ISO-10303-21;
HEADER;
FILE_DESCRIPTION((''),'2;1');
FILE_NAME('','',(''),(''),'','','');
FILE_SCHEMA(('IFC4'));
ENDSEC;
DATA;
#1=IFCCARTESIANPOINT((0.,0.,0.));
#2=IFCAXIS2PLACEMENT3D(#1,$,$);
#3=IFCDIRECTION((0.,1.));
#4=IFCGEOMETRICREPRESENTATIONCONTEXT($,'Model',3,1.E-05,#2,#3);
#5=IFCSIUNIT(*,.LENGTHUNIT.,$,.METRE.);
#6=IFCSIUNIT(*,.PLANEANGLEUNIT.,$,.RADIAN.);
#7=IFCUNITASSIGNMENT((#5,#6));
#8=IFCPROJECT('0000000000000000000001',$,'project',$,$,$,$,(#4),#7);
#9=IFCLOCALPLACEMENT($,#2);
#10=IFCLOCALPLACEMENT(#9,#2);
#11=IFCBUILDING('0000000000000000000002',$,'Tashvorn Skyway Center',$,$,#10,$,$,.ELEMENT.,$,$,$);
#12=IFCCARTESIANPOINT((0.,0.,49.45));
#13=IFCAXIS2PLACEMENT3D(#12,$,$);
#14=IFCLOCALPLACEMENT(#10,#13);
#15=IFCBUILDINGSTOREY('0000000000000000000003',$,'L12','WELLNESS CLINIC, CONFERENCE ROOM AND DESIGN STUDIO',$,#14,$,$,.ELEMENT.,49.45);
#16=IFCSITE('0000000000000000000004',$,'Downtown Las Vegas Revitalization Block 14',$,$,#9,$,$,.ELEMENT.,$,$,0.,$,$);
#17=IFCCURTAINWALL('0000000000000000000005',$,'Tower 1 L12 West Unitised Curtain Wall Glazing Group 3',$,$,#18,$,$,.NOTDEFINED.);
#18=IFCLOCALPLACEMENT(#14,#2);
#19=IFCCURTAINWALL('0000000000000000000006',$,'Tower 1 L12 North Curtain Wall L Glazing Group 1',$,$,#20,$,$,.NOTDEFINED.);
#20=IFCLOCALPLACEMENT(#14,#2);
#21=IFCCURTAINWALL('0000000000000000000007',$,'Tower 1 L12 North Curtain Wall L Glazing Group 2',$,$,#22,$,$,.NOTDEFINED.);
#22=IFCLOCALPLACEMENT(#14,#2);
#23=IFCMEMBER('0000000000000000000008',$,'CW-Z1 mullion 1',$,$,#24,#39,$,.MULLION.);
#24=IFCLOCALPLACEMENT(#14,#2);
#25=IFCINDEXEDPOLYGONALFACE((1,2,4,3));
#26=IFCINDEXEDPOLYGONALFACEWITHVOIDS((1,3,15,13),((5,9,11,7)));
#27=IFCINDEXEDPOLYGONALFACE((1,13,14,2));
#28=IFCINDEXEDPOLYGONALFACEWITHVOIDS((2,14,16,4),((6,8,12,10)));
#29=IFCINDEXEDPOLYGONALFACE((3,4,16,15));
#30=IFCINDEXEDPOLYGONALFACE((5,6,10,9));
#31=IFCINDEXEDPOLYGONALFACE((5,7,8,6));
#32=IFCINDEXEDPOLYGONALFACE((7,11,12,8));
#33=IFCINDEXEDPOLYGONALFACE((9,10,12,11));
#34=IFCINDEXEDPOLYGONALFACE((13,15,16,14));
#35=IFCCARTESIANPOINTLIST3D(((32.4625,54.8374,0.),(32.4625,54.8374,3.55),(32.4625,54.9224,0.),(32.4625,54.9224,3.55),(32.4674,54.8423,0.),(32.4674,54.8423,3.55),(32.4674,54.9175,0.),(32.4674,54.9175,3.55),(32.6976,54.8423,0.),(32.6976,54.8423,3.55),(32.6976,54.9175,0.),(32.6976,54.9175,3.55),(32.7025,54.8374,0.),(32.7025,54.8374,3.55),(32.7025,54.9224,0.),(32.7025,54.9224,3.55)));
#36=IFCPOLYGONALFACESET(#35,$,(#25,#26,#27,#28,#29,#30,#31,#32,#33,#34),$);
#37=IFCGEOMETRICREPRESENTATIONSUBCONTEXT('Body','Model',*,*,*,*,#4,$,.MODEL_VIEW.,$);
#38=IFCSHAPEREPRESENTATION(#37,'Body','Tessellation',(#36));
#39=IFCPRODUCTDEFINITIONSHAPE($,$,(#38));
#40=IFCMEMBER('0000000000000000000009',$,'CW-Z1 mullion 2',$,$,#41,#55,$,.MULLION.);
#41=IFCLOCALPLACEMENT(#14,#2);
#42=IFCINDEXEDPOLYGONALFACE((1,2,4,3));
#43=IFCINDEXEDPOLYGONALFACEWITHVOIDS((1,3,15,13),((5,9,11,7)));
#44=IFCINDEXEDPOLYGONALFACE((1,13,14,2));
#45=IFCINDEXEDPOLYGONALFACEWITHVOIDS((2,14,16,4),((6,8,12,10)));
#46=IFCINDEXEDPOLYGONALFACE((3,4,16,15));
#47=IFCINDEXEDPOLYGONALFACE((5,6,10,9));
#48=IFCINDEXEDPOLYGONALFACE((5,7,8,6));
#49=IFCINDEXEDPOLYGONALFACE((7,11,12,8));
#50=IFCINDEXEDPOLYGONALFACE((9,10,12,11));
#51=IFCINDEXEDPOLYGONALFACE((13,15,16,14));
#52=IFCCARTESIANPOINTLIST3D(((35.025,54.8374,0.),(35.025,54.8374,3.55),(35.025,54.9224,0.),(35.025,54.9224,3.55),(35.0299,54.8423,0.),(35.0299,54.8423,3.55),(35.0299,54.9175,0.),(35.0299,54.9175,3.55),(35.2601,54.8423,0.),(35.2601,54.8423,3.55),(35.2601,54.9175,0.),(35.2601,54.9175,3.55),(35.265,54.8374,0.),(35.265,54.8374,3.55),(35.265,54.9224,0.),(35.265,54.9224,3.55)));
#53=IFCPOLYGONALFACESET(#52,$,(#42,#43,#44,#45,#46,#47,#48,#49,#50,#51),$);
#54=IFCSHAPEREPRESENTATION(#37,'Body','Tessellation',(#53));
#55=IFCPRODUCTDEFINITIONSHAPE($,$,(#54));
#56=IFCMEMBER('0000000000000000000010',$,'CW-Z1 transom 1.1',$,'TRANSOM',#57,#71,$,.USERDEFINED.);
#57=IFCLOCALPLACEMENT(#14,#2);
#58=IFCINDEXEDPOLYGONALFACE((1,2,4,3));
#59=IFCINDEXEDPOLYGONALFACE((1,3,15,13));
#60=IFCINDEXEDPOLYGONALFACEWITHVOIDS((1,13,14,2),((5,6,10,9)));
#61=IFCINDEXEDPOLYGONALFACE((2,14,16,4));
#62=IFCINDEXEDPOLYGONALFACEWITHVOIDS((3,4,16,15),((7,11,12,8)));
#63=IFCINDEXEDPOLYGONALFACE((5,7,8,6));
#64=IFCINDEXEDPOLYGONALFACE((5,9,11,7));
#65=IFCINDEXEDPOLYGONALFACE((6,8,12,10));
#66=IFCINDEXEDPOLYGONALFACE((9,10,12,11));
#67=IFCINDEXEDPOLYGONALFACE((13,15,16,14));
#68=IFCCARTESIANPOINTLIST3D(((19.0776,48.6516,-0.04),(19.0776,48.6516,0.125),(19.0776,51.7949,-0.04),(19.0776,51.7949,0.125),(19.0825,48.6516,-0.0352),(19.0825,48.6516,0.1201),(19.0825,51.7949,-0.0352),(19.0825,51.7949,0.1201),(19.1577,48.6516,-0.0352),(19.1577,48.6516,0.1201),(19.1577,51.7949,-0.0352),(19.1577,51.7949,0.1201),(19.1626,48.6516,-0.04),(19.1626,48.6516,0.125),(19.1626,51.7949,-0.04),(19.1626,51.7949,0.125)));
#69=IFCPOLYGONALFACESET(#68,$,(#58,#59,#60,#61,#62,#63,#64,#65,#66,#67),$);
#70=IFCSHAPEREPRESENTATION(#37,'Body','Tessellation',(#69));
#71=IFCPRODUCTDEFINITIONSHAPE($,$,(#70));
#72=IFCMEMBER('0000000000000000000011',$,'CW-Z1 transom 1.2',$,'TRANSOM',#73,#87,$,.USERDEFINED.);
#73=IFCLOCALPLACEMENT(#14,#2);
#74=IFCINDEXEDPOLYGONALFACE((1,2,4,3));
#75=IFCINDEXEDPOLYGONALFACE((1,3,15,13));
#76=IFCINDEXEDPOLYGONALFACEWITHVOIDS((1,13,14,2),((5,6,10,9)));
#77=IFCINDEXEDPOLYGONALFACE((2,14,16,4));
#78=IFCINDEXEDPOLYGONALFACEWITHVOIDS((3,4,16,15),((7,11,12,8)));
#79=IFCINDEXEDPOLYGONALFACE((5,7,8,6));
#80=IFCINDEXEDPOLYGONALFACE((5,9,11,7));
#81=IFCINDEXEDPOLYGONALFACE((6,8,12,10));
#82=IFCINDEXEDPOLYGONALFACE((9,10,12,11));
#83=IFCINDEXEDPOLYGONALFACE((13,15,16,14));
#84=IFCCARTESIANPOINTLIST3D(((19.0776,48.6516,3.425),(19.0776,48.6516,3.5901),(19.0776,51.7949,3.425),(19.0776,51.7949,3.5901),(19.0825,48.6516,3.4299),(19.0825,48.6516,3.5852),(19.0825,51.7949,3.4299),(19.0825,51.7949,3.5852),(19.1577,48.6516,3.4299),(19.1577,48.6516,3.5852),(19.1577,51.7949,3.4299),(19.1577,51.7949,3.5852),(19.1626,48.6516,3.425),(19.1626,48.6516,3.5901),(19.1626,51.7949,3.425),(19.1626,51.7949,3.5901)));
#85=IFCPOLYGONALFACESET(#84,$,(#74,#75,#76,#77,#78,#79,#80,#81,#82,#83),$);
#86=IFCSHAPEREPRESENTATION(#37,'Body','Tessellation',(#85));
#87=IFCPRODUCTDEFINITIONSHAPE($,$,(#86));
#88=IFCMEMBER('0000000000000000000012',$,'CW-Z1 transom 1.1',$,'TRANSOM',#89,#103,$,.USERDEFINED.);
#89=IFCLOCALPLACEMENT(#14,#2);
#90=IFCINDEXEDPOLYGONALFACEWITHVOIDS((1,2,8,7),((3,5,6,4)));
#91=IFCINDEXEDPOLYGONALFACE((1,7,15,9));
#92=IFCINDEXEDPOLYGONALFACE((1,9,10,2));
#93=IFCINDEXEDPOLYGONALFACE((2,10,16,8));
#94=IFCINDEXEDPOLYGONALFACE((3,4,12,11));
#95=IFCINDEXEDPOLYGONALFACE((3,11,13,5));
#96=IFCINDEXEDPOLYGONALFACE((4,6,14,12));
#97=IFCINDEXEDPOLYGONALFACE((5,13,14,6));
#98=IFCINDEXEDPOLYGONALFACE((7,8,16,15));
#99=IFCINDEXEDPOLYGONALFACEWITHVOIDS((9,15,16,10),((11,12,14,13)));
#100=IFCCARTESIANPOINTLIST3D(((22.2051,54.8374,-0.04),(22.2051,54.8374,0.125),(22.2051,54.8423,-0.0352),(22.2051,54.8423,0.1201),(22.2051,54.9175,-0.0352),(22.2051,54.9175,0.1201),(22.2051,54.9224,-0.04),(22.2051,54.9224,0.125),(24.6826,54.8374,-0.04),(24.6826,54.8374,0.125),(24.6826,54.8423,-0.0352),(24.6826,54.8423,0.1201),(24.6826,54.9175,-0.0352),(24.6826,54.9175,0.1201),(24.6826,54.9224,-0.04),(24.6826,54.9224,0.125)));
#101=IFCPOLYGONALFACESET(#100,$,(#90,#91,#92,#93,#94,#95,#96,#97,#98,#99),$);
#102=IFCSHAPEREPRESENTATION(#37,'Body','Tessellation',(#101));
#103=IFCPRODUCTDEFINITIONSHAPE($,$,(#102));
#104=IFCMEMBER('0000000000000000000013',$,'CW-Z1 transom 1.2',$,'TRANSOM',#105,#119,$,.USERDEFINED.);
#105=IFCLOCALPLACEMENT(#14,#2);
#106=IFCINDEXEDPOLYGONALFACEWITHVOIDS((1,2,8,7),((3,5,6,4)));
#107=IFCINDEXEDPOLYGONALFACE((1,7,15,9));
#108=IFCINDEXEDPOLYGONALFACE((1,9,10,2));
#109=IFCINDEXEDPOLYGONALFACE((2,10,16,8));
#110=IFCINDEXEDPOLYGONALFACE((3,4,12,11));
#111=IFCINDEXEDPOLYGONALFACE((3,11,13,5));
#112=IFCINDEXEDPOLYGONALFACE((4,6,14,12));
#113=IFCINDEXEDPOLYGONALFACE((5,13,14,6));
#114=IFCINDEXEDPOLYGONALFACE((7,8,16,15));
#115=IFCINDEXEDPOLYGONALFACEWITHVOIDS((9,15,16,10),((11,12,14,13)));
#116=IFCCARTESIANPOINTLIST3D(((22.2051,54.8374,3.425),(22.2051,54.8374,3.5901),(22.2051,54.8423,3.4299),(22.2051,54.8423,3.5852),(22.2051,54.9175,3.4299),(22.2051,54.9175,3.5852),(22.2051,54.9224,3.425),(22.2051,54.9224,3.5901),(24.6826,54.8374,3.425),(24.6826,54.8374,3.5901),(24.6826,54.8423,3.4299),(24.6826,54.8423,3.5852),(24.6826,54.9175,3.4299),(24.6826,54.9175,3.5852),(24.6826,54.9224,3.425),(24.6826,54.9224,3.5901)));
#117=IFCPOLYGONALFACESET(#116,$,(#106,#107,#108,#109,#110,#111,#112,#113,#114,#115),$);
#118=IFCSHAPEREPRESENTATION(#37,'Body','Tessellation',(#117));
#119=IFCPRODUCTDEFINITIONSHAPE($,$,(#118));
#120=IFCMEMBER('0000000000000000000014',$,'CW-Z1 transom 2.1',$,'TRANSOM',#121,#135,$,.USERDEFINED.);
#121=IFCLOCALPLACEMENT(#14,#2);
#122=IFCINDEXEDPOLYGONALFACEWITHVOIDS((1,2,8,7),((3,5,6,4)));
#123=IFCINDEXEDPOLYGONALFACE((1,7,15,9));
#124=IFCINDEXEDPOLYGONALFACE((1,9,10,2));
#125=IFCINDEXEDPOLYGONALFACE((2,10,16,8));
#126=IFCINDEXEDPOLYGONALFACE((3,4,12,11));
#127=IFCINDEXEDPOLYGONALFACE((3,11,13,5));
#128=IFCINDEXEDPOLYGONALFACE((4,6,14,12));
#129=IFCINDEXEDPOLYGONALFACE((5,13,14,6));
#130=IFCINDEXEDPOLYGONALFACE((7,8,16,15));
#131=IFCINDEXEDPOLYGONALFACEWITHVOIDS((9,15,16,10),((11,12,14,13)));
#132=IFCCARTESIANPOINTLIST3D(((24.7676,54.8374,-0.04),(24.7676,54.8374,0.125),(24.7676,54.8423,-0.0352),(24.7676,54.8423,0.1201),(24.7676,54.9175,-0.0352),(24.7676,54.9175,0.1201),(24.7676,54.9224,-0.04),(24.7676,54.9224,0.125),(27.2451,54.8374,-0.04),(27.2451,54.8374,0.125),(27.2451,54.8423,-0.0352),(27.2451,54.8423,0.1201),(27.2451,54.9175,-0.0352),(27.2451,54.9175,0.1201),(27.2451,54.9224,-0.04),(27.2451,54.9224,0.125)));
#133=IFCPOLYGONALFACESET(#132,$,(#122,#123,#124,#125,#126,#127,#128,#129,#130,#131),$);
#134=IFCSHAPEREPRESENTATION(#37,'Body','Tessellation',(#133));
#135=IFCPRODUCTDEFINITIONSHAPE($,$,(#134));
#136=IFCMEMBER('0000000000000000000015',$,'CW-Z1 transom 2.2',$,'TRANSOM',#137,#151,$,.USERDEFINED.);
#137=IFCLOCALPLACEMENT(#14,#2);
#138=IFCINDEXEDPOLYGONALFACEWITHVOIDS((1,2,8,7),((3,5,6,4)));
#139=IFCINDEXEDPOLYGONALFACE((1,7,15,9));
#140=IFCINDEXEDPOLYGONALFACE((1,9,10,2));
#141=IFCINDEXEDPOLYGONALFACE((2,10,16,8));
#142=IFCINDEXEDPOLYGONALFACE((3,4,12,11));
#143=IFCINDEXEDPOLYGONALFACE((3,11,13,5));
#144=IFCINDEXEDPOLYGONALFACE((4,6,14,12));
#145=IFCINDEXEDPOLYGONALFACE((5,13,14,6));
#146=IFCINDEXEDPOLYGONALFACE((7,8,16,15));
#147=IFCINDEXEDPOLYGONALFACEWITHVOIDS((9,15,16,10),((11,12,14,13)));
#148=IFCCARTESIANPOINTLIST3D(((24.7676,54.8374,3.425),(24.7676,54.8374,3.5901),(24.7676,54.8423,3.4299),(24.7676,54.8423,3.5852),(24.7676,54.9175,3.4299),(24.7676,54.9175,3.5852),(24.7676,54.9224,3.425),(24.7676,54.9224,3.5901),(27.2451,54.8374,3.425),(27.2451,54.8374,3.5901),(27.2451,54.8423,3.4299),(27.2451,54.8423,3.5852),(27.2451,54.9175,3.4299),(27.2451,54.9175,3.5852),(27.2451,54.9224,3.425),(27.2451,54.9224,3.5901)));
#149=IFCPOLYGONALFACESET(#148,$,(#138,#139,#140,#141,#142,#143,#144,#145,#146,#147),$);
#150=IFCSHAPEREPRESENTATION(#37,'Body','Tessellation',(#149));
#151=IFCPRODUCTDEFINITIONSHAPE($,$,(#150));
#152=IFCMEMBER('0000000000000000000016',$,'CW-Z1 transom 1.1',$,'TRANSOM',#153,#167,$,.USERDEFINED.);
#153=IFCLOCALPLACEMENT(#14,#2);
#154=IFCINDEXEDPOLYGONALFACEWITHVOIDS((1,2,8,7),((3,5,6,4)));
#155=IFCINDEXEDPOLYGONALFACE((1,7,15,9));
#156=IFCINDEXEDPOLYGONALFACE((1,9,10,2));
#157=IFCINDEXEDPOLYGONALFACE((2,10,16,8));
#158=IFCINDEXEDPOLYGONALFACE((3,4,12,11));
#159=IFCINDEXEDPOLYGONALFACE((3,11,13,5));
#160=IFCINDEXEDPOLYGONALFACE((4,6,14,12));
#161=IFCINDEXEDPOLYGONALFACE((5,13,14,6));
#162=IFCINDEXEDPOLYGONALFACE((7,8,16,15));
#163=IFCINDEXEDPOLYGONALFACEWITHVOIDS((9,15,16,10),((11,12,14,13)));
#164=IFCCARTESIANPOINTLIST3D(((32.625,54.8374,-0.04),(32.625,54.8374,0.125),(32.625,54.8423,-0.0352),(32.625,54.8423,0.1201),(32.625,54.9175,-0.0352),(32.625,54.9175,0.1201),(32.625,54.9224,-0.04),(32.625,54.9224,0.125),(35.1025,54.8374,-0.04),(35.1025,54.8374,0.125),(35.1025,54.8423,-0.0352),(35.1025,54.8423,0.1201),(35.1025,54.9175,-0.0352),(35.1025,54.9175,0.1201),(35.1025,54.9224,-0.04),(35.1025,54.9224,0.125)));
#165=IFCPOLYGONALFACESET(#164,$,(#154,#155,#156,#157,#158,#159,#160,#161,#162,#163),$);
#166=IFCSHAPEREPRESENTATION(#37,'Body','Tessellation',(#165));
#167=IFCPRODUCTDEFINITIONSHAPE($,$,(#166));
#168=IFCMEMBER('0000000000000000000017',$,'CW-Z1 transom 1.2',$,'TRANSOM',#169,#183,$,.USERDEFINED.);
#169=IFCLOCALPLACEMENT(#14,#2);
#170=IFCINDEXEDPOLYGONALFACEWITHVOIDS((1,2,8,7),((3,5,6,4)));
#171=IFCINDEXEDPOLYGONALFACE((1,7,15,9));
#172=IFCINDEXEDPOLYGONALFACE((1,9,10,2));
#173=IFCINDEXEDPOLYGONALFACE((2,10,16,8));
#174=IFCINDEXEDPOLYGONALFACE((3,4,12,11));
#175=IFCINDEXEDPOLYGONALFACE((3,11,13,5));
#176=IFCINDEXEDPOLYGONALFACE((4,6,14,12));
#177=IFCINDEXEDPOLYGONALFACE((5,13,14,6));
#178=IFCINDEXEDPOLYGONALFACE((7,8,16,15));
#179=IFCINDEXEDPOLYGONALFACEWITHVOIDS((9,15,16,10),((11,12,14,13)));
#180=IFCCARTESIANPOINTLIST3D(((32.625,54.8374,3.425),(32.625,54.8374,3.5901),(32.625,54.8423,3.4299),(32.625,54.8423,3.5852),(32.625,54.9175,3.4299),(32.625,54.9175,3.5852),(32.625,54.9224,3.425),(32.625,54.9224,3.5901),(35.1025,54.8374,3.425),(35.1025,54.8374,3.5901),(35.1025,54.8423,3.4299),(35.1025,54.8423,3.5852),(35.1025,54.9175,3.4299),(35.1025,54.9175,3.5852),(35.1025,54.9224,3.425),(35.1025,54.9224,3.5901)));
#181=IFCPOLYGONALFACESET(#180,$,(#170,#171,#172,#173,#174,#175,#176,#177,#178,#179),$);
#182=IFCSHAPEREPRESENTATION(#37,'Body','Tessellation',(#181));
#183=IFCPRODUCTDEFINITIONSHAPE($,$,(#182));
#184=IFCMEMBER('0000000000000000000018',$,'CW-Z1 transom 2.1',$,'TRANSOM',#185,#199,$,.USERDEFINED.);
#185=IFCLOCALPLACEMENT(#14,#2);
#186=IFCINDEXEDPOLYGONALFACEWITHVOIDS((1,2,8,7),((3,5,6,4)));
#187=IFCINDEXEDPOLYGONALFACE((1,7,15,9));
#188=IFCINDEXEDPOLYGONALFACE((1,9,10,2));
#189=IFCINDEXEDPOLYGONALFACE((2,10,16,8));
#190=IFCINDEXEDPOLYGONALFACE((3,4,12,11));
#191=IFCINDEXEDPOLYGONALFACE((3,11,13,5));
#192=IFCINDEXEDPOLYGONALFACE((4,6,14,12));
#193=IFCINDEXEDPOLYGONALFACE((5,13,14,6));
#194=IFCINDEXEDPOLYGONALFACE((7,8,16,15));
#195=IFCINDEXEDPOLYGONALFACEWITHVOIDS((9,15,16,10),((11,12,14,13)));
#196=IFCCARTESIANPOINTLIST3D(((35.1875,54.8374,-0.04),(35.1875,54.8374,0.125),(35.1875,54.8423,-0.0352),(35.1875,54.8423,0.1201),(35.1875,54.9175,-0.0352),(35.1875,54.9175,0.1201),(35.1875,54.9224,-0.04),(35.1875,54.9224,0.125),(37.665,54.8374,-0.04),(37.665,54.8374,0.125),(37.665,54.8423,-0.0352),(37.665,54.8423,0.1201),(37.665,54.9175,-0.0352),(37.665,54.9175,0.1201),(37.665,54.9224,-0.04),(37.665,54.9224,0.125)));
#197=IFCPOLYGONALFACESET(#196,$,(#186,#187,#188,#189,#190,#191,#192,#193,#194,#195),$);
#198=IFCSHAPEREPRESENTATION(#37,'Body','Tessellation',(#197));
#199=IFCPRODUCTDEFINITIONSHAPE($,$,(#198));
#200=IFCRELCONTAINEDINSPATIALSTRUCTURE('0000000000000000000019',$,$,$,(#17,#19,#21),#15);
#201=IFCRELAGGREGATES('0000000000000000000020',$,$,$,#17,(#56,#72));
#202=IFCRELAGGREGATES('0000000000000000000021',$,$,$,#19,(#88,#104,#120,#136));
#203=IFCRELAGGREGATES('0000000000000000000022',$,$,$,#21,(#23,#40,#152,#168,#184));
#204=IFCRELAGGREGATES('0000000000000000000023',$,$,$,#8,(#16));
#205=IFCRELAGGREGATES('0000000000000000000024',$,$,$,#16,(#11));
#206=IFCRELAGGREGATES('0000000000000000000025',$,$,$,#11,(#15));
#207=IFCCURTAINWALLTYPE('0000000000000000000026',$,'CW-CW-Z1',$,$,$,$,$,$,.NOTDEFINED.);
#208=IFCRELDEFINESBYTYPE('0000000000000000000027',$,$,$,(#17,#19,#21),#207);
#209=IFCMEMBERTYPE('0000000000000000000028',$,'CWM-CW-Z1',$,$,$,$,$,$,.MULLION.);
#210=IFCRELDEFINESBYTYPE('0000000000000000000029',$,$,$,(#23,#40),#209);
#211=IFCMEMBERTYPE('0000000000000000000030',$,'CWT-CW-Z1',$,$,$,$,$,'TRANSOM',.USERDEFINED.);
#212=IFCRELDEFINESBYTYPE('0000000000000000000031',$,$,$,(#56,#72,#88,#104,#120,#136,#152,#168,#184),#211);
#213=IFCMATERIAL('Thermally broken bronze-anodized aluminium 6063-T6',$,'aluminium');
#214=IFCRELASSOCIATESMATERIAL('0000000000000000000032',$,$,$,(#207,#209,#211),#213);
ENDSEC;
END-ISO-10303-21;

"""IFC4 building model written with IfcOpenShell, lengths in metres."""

from ifc_helpers import new_model, si_unit, direction, frame, origin, origin_2d, place, context, subcontext, project, spatial, hollow_rectangle, extrude, material, material_profile, profile_set, type_object, element, aggregate, save


model = new_model("IFC4")

# Units and contexts
model_context = context("Model", 3, precision=1e-05, world=origin(), true_north=direction((0.0, 1.0)))
body_context = subcontext(model_context, "Body", "Model", "MODEL_VIEW")
ifc_project = project(units=[si_unit("LENGTHUNIT", "METRE"), si_unit("PLANEANGLEUNIT", "RADIAN")], contexts=[model_context])

# Site, building, storey
site_placement = place(None, origin())
site = spatial("IfcSite", under=ifc_project, at=site_placement, Name="Downtown Las Vegas Revitalization Block 14", CompositionType="ELEMENT", RefElevation=0.0)
building_placement = place(site_placement, origin())
building = spatial("IfcBuilding", under=site, at=building_placement, Name="Tashvorn Skyway Center", CompositionType="ELEMENT")
storey_placement = place(building_placement, frame((0.0, 0.0, 49.45)))
storey = spatial("IfcBuildingStorey", under=building, at=storey_placement, Name="L12", Description="WELLNESS CLINIC, CONFERENCE ROOM AND DESIGN STUDIO", CompositionType="ELEMENT", Elevation=49.45)

# Curtain walls, members
ifc_material_1 = material(Name="Thermally broken bronze-anodized aluminium 6063-T6", Category="aluminium")
curtain_wall_type = type_object("IfcCurtainWallType", Name="CW-CW-Z1", PredefinedType="NOTDEFINED", material=ifc_material_1)
curtain_wall_1_placement = place(storey_placement, origin())
curtain_wall_1 = element("IfcCurtainWall", 1, at=curtain_wall_1_placement, inside=storey, type_object=curtain_wall_type, Name="Tower 1 L12 West Unitised Curtain Wall Glazing Group 3", PredefinedType="NOTDEFINED")
ifc_material_profile_1 = material_profile(ifc_material_1, hollow_rectangle(XDim=0.085, YDim=0.24, WallThickness=0.0049, at=origin_2d()), Name="ALU-MULL-85x240")
ifc_profile_set_1 = profile_set([ifc_material_profile_1], Name="Thermally broken bronze-anodized aluminium 6063-T6")
member_type_1 = type_object("IfcMemberType", Name="CWM-CW-Z1", PredefinedType="MULLION", material=ifc_profile_set_1)
curtain_wall_2_placement = place(storey_placement, origin())
curtain_wall_2 = element("IfcCurtainWall", 2, at=curtain_wall_2_placement, inside=storey, type_object=curtain_wall_type, Name="Tower 1 L12 North Curtain Wall L Glazing Group 1", PredefinedType="NOTDEFINED")
curtain_wall_3_placement = place(storey_placement, origin())
curtain_wall_3 = element("IfcCurtainWall", 3, at=curtain_wall_3_placement, inside=storey, type_object=curtain_wall_type, Name="Tower 1 L12 North Curtain Wall L Glazing Group 2", PredefinedType="NOTDEFINED")
member_1_placement = place(storey_placement, frame((32.5825, 54.8799, 0.0), z_axis=(0.0, 0.0, 1.0), x_axis=(0.0, 1.0, 0.0)))
member_1 = element("IfcMember", 4, at=member_1_placement, type_object=member_type_1, Name="CW-Z1 mullion 1", PredefinedType="MULLION", context=body_context, shape_type="SweptSolid", body=[
    extrude(hollow_rectangle(XDim=0.085, YDim=0.24, WallThickness=0.0049, at=origin_2d()), origin(), (0.0, 0.0, 1.0), 3.55),
])
member_2_placement = place(storey_placement, frame((35.145, 54.8799, 0.0), z_axis=(0.0, 0.0, 1.0), x_axis=(0.0, 1.0, 0.0)))
member_2 = element("IfcMember", 5, at=member_2_placement, type_object=member_type_1, Name="CW-Z1 mullion 2", PredefinedType="MULLION", context=body_context, shape_type="SweptSolid", body=[
    extrude(hollow_rectangle(XDim=0.085, YDim=0.24, WallThickness=0.0049, at=origin_2d()), origin(), (0.0, 0.0, 1.0), 3.55),
])

# Members
ifc_material_profile_2 = material_profile(ifc_material_1, hollow_rectangle(XDim=0.085, YDim=0.165, WallThickness=0.0049, at=origin_2d()), Name="ALU-TRAN-85x165")
ifc_profile_set_2 = profile_set([ifc_material_profile_2], Name="Thermally broken bronze-anodized aluminium 6063-T6")
member_type_2 = type_object("IfcMemberType", Name="CWT-CW-Z1", ElementType="TRANSOM", PredefinedType="USERDEFINED", material=ifc_profile_set_2)
member_3_placement = place(storey_placement, frame((19.1201, 48.6516, 0.0425), z_axis=(0.0, 1.0, 0.0), x_axis=(-1.0, 0.0, 0.0)))
member_3 = element("IfcMember", 6, at=member_3_placement, type_object=member_type_2, Name="CW-Z1 transom 1.1", ObjectType="TRANSOM", PredefinedType="USERDEFINED", context=body_context, shape_type="SweptSolid", body=[
    extrude(hollow_rectangle(XDim=0.085, YDim=0.165, WallThickness=0.0049, at=origin_2d()), origin(), (0.0, 0.0, 1.0), 3.1433),
])
member_4_placement = place(storey_placement, frame((19.1201, 48.6516, 3.5076), z_axis=(0.0, 1.0, 0.0), x_axis=(-1.0, 0.0, 0.0)))
member_4 = element("IfcMember", 7, at=member_4_placement, type_object=member_type_2, Name="CW-Z1 transom 1.2", ObjectType="TRANSOM", PredefinedType="USERDEFINED", context=body_context, shape_type="SweptSolid", body=[
    extrude(hollow_rectangle(XDim=0.085, YDim=0.165, WallThickness=0.0049, at=origin_2d()), origin(), (0.0, 0.0, 1.0), 3.1433),
])
member_5_placement = place(storey_placement, frame((22.2051, 54.8799, 0.0425), z_axis=(1.0, 0.0, 0.0), x_axis=(0.0, 1.0, 0.0)))
member_5 = element("IfcMember", 8, at=member_5_placement, type_object=member_type_2, Name="CW-Z1 transom 1.1", ObjectType="TRANSOM", PredefinedType="USERDEFINED", context=body_context, shape_type="SweptSolid", body=[
    extrude(hollow_rectangle(XDim=0.085, YDim=0.165, WallThickness=0.0049, at=origin_2d()), origin(), (0.0, 0.0, 1.0), 2.4775),
])
member_6_placement = place(storey_placement, frame((22.2051, 54.8799, 3.5076), z_axis=(1.0, 0.0, 0.0), x_axis=(0.0, 1.0, 0.0)))
member_6 = element("IfcMember", 9, at=member_6_placement, type_object=member_type_2, Name="CW-Z1 transom 1.2", ObjectType="TRANSOM", PredefinedType="USERDEFINED", context=body_context, shape_type="SweptSolid", body=[
    extrude(hollow_rectangle(XDim=0.085, YDim=0.165, WallThickness=0.0049, at=origin_2d()), origin(), (0.0, 0.0, 1.0), 2.4775),
])
member_7_placement = place(storey_placement, frame((24.7676, 54.8799, 0.0425), z_axis=(1.0, 0.0, 0.0), x_axis=(0.0, 1.0, 0.0)))
member_7 = element("IfcMember", 10, at=member_7_placement, type_object=member_type_2, Name="CW-Z1 transom 2.1", ObjectType="TRANSOM", PredefinedType="USERDEFINED", context=body_context, shape_type="SweptSolid", body=[
    extrude(hollow_rectangle(XDim=0.085, YDim=0.165, WallThickness=0.0049, at=origin_2d()), origin(), (0.0, 0.0, 1.0), 2.4775),
])
member_8_placement = place(storey_placement, frame((24.7676, 54.8799, 3.5076), z_axis=(1.0, 0.0, 0.0), x_axis=(0.0, 1.0, 0.0)))
member_8 = element("IfcMember", 11, at=member_8_placement, type_object=member_type_2, Name="CW-Z1 transom 2.2", ObjectType="TRANSOM", PredefinedType="USERDEFINED", context=body_context, shape_type="SweptSolid", body=[
    extrude(hollow_rectangle(XDim=0.085, YDim=0.165, WallThickness=0.0049, at=origin_2d()), origin(), (0.0, 0.0, 1.0), 2.4775),
])
member_9_placement = place(storey_placement, frame((32.625, 54.8799, 0.0425), z_axis=(1.0, 0.0, 0.0), x_axis=(0.0, 1.0, 0.0)))
member_9 = element("IfcMember", 12, at=member_9_placement, type_object=member_type_2, Name="CW-Z1 transom 1.1", ObjectType="TRANSOM", PredefinedType="USERDEFINED", context=body_context, shape_type="SweptSolid", body=[
    extrude(hollow_rectangle(XDim=0.085, YDim=0.165, WallThickness=0.0049, at=origin_2d()), origin(), (0.0, 0.0, 1.0), 2.4775),
])
member_10_placement = place(storey_placement, frame((32.625, 54.8799, 3.5076), z_axis=(1.0, 0.0, 0.0), x_axis=(0.0, 1.0, 0.0)))
member_10 = element("IfcMember", 13, at=member_10_placement, type_object=member_type_2, Name="CW-Z1 transom 1.2", ObjectType="TRANSOM", PredefinedType="USERDEFINED", context=body_context, shape_type="SweptSolid", body=[
    extrude(hollow_rectangle(XDim=0.085, YDim=0.165, WallThickness=0.0049, at=origin_2d()), origin(), (0.0, 0.0, 1.0), 2.4775),
])
member_11_placement = place(storey_placement, frame((35.1875, 54.8799, 0.0425), z_axis=(1.0, 0.0, 0.0), x_axis=(0.0, 1.0, 0.0)))
member_11 = element("IfcMember", 14, at=member_11_placement, type_object=member_type_2, Name="CW-Z1 transom 2.1", ObjectType="TRANSOM", PredefinedType="USERDEFINED", context=body_context, shape_type="SweptSolid", body=[
    extrude(hollow_rectangle(XDim=0.085, YDim=0.165, WallThickness=0.0049, at=origin_2d()), origin(), (0.0, 0.0, 1.0), 2.4775),
])

aggregate(curtain_wall_1, [member_3, member_4])
aggregate(curtain_wall_2, [member_5, member_6, member_7, member_8])
aggregate(curtain_wall_3, [member_1, member_2, member_9, member_10, member_11])

save(model, "model.ifc")
